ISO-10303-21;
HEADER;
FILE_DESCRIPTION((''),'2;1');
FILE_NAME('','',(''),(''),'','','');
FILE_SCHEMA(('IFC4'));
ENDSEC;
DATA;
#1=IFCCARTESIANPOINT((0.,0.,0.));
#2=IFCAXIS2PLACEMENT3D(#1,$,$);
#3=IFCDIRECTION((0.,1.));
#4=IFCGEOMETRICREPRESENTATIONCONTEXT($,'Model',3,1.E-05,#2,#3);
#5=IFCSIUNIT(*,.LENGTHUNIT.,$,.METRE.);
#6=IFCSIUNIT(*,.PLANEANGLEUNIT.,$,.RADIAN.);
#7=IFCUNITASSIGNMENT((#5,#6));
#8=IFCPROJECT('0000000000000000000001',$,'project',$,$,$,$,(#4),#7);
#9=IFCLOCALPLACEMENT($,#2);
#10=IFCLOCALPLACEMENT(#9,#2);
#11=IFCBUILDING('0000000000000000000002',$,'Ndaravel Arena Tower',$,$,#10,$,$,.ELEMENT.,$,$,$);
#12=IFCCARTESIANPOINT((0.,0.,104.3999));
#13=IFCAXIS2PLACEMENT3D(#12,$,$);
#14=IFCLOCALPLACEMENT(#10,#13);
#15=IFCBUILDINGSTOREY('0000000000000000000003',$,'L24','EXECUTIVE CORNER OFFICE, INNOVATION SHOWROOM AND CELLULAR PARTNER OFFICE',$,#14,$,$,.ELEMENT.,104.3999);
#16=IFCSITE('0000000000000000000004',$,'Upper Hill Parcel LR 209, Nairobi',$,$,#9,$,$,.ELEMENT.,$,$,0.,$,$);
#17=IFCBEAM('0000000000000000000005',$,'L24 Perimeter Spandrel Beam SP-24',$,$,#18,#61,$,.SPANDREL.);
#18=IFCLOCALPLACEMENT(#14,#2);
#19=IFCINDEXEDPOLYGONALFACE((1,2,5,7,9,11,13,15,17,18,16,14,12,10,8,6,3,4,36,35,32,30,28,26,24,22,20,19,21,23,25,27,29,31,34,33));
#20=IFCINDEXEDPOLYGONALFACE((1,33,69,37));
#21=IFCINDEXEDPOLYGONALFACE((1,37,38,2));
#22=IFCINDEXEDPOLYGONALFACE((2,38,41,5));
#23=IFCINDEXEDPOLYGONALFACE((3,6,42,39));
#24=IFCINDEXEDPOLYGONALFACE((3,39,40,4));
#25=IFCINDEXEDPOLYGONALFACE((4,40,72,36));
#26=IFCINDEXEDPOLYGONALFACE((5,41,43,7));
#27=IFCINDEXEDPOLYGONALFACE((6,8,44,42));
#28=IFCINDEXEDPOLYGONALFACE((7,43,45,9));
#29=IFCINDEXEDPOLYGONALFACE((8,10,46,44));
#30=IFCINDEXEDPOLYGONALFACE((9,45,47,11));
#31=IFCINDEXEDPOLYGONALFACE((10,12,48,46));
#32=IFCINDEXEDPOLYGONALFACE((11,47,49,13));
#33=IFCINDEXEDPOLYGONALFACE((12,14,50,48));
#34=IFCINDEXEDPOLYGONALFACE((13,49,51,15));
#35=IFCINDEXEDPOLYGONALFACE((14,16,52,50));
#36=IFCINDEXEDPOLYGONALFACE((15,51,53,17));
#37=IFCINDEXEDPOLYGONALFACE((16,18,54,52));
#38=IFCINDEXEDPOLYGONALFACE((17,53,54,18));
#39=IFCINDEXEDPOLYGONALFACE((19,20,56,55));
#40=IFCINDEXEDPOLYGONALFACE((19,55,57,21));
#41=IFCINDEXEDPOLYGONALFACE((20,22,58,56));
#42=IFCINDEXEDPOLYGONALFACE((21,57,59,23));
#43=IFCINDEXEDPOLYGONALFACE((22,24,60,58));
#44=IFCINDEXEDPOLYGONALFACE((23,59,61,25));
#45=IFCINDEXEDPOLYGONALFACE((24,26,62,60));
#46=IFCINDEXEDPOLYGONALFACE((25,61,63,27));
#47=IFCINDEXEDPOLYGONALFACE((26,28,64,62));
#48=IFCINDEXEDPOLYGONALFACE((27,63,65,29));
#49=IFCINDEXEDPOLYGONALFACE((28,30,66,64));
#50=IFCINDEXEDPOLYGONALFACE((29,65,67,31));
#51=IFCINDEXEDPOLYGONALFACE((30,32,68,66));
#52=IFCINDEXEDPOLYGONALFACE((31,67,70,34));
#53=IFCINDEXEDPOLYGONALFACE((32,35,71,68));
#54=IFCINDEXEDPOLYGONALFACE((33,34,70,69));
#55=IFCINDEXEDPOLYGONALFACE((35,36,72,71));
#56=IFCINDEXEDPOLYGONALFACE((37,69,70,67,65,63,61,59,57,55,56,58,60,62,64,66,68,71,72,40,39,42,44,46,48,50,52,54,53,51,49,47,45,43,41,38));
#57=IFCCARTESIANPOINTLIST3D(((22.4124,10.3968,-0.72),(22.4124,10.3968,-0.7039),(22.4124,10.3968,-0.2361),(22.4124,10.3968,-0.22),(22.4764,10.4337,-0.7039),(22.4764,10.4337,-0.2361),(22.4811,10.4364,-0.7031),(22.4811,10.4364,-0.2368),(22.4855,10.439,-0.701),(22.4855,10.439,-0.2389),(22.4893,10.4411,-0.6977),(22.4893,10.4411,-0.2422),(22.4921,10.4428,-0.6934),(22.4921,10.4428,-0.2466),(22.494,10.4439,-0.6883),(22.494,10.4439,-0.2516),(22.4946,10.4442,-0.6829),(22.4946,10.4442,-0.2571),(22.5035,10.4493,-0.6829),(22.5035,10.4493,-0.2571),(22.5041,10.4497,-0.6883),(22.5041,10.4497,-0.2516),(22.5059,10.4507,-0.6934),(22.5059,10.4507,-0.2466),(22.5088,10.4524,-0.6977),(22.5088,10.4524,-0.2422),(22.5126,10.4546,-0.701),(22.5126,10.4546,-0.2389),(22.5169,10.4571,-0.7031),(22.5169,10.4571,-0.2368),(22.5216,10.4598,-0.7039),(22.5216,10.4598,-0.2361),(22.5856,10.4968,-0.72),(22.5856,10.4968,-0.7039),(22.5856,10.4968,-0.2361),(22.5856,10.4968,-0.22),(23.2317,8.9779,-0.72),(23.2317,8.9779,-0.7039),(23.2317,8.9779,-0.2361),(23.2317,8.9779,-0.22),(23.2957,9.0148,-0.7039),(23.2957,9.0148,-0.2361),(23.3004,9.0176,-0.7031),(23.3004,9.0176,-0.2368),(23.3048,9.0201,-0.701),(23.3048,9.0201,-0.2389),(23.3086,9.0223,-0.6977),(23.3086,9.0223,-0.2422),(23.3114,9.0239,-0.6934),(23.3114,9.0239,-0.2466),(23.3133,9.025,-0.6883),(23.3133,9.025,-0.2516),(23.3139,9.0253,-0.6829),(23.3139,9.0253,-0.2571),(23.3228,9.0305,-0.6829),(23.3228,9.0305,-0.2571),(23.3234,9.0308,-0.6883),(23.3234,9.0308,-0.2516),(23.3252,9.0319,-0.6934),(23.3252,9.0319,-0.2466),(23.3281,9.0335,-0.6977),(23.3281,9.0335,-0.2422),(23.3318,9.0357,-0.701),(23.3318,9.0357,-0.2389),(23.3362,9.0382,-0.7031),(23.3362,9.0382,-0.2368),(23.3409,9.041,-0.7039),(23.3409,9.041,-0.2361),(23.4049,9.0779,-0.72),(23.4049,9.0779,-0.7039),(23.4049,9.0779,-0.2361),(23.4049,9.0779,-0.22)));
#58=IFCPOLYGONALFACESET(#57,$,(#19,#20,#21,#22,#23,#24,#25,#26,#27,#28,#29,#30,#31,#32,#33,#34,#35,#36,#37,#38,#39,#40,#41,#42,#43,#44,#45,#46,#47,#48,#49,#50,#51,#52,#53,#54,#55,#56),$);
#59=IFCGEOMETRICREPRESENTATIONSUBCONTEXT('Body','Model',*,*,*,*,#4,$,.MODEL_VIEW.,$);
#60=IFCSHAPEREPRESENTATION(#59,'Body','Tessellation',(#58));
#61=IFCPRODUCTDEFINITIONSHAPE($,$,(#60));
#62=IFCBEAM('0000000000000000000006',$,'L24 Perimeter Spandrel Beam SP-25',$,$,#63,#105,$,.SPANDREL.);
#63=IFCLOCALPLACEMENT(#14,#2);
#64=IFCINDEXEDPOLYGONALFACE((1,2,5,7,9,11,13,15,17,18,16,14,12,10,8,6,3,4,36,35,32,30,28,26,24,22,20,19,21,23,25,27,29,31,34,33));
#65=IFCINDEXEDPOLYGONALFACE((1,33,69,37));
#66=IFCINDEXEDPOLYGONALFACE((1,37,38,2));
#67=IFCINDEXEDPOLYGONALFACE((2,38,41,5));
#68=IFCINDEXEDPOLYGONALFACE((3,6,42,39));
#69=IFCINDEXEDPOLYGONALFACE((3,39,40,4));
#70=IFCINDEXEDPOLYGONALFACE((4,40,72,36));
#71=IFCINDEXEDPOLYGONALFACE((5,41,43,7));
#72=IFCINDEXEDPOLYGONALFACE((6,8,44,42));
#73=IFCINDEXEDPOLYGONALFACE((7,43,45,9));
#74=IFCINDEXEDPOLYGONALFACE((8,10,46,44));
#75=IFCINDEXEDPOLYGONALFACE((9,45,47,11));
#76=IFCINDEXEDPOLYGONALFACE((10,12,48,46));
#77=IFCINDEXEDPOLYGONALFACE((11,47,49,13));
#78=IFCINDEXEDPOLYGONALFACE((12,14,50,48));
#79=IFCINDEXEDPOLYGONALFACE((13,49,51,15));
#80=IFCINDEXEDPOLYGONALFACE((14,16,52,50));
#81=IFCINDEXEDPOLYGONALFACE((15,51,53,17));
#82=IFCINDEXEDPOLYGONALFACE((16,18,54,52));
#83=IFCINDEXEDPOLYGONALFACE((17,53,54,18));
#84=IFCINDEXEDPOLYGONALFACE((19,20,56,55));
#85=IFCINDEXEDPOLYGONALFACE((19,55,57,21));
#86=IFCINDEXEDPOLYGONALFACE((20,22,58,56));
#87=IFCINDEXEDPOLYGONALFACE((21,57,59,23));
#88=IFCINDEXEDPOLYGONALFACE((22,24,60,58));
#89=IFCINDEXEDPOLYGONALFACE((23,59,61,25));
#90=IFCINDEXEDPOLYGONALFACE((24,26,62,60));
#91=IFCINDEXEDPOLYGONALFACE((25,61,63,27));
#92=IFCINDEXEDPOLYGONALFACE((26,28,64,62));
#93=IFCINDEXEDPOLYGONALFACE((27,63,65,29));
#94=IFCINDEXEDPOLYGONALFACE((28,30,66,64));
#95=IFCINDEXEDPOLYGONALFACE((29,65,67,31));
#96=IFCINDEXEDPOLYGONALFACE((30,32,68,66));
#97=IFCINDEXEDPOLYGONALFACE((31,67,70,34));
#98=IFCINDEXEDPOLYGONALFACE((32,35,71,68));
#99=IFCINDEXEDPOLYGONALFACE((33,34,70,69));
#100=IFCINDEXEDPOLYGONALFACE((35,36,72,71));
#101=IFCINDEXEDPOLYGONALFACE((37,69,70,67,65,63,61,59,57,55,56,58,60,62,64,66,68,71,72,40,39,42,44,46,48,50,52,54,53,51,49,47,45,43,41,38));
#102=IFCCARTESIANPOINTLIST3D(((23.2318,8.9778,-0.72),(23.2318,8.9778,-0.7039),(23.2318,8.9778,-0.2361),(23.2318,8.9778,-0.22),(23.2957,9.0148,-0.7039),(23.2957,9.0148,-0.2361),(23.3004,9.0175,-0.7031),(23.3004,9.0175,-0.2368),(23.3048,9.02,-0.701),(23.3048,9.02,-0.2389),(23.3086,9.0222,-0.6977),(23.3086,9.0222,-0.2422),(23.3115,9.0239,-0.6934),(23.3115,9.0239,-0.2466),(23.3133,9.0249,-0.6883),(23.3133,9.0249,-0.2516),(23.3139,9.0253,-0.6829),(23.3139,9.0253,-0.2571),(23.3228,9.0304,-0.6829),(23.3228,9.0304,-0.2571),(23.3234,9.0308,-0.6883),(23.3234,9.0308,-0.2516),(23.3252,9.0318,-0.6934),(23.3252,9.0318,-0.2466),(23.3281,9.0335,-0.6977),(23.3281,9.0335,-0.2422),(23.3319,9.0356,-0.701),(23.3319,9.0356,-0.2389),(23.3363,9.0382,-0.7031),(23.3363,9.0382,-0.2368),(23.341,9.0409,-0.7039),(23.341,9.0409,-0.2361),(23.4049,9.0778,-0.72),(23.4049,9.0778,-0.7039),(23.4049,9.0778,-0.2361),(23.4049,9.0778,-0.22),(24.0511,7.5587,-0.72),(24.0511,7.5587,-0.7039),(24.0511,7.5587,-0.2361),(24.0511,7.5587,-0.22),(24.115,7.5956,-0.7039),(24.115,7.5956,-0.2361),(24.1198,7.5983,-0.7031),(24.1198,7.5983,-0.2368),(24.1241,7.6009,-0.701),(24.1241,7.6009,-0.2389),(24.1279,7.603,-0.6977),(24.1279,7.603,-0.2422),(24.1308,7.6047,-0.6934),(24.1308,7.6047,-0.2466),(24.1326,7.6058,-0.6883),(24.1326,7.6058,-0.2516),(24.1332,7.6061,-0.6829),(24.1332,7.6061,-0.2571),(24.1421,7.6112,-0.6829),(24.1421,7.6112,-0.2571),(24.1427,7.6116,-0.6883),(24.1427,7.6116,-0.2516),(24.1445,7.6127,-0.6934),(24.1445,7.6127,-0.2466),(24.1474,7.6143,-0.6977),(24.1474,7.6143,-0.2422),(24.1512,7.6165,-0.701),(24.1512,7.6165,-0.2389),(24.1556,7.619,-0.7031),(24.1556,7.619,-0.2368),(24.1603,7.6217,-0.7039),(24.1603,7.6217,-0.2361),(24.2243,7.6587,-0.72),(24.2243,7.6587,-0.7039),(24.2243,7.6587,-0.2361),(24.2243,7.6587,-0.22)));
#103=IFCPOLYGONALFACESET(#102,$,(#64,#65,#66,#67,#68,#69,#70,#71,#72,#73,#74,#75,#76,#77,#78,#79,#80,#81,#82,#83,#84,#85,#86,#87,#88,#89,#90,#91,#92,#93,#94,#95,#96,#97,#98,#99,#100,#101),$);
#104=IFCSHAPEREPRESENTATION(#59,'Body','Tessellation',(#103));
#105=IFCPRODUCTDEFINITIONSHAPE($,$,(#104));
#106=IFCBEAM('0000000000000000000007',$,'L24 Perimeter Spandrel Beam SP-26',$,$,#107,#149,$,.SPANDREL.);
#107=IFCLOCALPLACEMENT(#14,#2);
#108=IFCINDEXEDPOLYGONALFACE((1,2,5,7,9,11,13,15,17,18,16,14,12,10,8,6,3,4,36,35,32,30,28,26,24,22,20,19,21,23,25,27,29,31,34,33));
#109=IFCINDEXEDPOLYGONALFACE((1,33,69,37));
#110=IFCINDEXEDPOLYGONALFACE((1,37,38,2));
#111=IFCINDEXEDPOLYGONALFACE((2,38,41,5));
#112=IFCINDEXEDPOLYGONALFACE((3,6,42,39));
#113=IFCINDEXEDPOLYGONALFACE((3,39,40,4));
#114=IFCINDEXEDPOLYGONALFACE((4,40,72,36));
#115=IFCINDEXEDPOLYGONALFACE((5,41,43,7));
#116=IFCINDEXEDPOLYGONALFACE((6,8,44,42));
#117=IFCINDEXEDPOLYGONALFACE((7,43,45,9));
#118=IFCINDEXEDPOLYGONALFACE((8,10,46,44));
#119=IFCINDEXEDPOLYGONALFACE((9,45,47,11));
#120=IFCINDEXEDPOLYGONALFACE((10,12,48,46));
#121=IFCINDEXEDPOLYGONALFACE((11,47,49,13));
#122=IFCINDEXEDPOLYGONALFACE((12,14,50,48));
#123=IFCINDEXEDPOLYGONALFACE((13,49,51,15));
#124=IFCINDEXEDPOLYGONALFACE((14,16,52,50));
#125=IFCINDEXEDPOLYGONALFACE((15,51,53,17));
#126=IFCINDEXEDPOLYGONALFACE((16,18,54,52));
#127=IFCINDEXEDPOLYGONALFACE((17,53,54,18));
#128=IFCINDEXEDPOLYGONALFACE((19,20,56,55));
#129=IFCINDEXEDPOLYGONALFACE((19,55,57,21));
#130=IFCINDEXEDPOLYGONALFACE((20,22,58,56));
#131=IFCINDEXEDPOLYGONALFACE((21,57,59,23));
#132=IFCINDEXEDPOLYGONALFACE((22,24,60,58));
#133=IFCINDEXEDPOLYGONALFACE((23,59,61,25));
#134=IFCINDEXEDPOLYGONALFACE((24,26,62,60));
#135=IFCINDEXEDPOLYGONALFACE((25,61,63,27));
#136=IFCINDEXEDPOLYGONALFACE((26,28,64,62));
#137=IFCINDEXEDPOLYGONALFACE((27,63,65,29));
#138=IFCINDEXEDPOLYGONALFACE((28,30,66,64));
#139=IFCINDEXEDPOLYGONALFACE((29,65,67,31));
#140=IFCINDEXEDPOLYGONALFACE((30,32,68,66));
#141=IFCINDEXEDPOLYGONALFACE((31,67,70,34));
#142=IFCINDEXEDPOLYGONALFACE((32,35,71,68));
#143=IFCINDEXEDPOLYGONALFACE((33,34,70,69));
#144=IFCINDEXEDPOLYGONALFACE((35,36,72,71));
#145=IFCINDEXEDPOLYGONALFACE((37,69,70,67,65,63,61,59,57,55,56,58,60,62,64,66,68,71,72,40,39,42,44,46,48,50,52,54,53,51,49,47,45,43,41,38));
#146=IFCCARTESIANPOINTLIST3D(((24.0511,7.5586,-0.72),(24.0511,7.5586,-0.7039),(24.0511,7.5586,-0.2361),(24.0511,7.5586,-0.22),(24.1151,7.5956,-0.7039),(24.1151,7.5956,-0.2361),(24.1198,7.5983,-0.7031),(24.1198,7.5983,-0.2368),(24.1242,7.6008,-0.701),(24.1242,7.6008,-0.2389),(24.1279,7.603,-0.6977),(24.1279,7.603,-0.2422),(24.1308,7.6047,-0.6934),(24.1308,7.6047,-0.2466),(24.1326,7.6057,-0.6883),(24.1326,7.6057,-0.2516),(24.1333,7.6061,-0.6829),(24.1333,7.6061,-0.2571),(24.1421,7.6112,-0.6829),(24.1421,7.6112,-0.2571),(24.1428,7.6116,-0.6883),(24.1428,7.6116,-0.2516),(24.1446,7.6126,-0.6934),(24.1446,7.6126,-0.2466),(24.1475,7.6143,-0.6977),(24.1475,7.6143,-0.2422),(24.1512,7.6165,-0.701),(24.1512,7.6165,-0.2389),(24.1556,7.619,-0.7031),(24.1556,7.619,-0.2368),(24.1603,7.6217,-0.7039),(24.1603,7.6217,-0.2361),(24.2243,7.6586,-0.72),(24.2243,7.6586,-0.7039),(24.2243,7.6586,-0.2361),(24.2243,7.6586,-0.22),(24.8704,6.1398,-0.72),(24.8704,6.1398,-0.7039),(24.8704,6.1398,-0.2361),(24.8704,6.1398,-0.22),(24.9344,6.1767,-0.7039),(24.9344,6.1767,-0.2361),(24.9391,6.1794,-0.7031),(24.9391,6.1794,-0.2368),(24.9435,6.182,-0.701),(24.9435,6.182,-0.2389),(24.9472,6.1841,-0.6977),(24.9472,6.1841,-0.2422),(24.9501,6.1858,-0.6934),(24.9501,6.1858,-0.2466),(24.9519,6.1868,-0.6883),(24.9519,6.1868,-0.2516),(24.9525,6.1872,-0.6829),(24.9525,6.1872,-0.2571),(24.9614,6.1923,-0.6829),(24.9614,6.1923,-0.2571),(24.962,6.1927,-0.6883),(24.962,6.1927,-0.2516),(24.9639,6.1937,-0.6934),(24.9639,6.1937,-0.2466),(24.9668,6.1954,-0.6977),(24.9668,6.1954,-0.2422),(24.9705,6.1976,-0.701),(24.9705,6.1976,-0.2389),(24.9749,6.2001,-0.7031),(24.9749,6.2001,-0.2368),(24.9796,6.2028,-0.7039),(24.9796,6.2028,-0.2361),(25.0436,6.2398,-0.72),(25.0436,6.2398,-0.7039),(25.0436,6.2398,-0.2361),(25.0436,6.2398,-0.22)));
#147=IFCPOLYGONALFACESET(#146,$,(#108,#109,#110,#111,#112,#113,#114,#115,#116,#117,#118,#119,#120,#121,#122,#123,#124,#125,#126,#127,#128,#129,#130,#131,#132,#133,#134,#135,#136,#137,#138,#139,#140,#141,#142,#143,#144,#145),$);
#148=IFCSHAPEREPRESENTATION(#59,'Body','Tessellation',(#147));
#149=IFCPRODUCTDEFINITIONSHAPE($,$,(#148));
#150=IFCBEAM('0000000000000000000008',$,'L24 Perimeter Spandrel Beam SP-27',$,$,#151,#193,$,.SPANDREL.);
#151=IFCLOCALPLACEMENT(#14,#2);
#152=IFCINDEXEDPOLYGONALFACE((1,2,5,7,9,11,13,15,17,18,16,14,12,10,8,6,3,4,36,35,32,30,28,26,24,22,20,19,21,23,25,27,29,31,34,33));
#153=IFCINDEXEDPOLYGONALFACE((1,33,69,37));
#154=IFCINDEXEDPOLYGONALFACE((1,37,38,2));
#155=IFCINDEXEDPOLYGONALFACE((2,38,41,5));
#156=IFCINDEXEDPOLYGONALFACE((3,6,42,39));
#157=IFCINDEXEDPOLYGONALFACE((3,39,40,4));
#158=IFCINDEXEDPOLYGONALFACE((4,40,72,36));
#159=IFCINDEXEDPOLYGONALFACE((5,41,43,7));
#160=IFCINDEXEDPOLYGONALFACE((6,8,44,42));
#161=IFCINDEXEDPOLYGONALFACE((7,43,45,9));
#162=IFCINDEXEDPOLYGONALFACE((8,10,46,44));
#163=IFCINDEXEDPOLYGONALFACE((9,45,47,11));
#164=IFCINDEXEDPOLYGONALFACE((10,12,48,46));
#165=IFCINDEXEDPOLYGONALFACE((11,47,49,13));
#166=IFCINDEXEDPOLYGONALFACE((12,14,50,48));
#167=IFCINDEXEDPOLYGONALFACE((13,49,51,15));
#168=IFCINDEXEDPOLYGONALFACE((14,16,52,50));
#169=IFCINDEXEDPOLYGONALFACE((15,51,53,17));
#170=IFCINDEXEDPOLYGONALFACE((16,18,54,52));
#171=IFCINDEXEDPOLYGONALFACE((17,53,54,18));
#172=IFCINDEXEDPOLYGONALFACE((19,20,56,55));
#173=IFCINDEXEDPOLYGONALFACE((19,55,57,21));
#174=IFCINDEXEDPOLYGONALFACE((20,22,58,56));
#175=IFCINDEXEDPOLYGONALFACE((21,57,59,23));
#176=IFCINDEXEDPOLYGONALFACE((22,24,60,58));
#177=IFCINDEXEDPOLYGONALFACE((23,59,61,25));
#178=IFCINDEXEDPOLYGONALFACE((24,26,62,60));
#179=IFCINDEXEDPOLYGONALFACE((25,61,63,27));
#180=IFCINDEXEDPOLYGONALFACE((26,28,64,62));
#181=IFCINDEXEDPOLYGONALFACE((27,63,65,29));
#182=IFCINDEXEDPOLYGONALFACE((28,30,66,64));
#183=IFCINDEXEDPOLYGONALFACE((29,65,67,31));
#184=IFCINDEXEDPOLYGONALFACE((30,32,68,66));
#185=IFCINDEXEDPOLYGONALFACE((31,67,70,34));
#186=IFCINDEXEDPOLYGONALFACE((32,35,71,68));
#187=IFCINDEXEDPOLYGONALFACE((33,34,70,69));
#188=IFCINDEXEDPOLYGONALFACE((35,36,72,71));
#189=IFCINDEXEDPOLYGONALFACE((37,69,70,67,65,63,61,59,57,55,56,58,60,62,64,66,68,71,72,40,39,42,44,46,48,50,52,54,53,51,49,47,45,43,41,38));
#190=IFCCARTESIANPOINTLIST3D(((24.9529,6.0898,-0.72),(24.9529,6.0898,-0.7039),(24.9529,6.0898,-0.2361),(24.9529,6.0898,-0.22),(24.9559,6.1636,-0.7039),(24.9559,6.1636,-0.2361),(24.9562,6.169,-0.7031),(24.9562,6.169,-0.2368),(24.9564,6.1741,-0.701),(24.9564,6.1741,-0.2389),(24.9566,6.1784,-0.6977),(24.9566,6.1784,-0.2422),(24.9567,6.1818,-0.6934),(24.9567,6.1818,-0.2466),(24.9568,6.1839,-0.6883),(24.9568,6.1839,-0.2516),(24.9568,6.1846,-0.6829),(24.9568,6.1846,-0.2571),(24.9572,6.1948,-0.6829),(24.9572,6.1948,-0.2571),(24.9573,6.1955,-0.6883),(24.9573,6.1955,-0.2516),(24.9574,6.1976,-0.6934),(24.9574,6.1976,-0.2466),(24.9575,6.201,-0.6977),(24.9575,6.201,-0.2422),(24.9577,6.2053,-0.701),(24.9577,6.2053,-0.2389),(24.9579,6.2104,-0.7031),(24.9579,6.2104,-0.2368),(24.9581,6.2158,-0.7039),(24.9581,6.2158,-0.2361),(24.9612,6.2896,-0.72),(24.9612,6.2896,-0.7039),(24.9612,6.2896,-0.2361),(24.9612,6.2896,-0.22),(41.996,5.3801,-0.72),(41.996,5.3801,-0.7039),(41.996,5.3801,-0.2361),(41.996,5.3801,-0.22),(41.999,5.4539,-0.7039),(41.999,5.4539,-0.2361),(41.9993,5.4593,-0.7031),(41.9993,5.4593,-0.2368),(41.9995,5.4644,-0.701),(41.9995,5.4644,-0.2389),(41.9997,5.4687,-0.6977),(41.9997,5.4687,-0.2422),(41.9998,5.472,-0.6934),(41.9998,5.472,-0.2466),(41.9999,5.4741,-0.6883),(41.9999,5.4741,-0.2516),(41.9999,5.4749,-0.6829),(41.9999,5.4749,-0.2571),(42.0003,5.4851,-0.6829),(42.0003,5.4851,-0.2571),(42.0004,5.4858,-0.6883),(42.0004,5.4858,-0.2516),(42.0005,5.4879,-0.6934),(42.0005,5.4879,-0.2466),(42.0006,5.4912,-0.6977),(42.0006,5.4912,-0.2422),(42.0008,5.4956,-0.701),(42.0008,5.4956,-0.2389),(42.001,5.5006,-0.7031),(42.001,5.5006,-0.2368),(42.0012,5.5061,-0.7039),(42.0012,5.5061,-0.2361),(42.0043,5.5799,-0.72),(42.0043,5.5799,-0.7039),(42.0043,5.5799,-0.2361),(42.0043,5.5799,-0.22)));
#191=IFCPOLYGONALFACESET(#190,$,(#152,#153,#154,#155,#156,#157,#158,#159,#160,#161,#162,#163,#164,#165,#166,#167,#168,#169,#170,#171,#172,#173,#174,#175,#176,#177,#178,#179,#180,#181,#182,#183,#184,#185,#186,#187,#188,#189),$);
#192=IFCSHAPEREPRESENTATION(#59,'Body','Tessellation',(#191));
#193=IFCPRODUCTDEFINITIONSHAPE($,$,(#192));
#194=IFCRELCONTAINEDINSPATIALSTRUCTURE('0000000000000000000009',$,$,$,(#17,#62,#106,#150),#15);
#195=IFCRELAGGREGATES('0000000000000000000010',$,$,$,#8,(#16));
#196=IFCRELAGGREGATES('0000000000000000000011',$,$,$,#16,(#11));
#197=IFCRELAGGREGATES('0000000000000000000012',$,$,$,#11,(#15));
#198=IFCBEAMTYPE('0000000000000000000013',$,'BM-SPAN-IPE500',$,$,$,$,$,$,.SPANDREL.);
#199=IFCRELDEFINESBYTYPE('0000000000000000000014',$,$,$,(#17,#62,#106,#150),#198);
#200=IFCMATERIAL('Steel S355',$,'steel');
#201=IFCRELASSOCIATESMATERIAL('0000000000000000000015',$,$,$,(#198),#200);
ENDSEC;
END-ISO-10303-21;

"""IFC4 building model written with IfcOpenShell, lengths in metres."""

from ifc_helpers import new_model, si_unit, direction, frame, origin, origin_2d, place, context, subcontext, project, spatial, i_section, extrude, material, material_profile, profile_set, type_object, element, save


model = new_model("IFC4")

# Units and contexts
model_context = context("Model", 3, precision=1e-05, world=origin(), true_north=direction((0.0, 1.0)))
body_context = subcontext(model_context, "Body", "Model", "MODEL_VIEW")
ifc_project = project(units=[si_unit("LENGTHUNIT", "METRE"), si_unit("PLANEANGLEUNIT", "RADIAN")], contexts=[model_context])

# Site, building, storey
site_placement = place(None, origin())
site = spatial("IfcSite", under=ifc_project, at=site_placement, Name="Upper Hill Parcel LR 209, Nairobi", CompositionType="ELEMENT", RefElevation=0.0)
building_placement = place(site_placement, origin())
building = spatial("IfcBuilding", under=site, at=building_placement, Name="Ndaravel Arena Tower", CompositionType="ELEMENT")
storey_placement = place(building_placement, frame((0.0, 0.0, 104.3999)))
storey = spatial("IfcBuildingStorey", under=building, at=storey_placement, Name="L24", Description="EXECUTIVE CORNER OFFICE, INNOVATION SHOWROOM AND CELLULAR PARTNER OFFICE", CompositionType="ELEMENT", Elevation=104.3999)

# Beams
ifc_material_1 = material(Name="Steel S355", Category="steel")
ifc_material_profile_1 = material_profile(ifc_material_1, i_section(OverallWidth=0.2, OverallDepth=0.5, WebThickness=0.0103, FlangeThickness=0.0161, FilletRadius=0.021, at=origin_2d()), Name="IPE 500")
ifc_profile_set_1 = profile_set([ifc_material_profile_1], Name="Steel S355")
beam_type = type_object("IfcBeamType", Name="BM-SPAN-IPE500", PredefinedType="SPANDREL", material=ifc_profile_set_1)
beam_1_placement = place(storey_placement, frame((22.499, 10.4468, -0.47), z_axis=(0.500049, -0.865997, 0.0), x_axis=(0.865997, 0.500049, 0.0)))
element("IfcBeam", 1, at=beam_1_placement, inside=storey, type_object=beam_type, Name="L24 Perimeter Spandrel Beam SP-24", PredefinedType="SPANDREL", context=body_context, shape_type="SweptSolid", body=[
    extrude(i_section(OverallWidth=0.2, OverallDepth=0.5, WebThickness=0.0103, FlangeThickness=0.0161, FilletRadius=0.021, at=origin_2d()), origin(), (0.0, 0.0, 1.0), 1.6384),
])
beam_2_placement = place(storey_placement, frame((23.3184, 9.0278, -0.47), z_axis=(0.499985, -0.866034, 0.0), x_axis=(0.866034, 0.499985, 0.0)))
element("IfcBeam", 2, at=beam_2_placement, inside=storey, type_object=beam_type, Name="L24 Perimeter Spandrel Beam SP-25", PredefinedType="SPANDREL", context=body_context, shape_type="SweptSolid", body=[
    extrude(i_section(OverallWidth=0.2, OverallDepth=0.5, WebThickness=0.0103, FlangeThickness=0.0161, FilletRadius=0.021, at=origin_2d()), origin(), (0.0, 0.0, 1.0), 1.6387),
])
beam_3_placement = place(storey_placement, frame((24.1377, 7.6086, -0.47), z_axis=(0.500049, -0.865997, 0.0), x_axis=(0.865997, 0.500049, 0.0)))
element("IfcBeam", 3, at=beam_3_placement, inside=storey, type_object=beam_type, Name="L24 Perimeter Spandrel Beam SP-26", PredefinedType="SPANDREL", context=body_context, shape_type="SweptSolid", body=[
    extrude(i_section(OverallWidth=0.2, OverallDepth=0.5, WebThickness=0.0103, FlangeThickness=0.0161, FilletRadius=0.021, at=origin_2d()), origin(), (0.0, 0.0, 1.0), 1.6384),
])
beam_4_placement = place(storey_placement, frame((24.957, 6.1897, -0.47), z_axis=(0.999134, -0.041607, 0.0), x_axis=(0.041607, 0.999134, 0.0)))
element("IfcBeam", 4, at=beam_4_placement, inside=storey, type_object=beam_type, Name="L24 Perimeter Spandrel Beam SP-27", PredefinedType="SPANDREL", context=body_context, shape_type="SweptSolid", body=[
    extrude(i_section(OverallWidth=0.2, OverallDepth=0.5, WebThickness=0.0103, FlangeThickness=0.0161, FilletRadius=0.021, at=origin_2d()), origin(), (0.0, 0.0, 1.0), 17.0579),
])

save(model, "model.ifc")
